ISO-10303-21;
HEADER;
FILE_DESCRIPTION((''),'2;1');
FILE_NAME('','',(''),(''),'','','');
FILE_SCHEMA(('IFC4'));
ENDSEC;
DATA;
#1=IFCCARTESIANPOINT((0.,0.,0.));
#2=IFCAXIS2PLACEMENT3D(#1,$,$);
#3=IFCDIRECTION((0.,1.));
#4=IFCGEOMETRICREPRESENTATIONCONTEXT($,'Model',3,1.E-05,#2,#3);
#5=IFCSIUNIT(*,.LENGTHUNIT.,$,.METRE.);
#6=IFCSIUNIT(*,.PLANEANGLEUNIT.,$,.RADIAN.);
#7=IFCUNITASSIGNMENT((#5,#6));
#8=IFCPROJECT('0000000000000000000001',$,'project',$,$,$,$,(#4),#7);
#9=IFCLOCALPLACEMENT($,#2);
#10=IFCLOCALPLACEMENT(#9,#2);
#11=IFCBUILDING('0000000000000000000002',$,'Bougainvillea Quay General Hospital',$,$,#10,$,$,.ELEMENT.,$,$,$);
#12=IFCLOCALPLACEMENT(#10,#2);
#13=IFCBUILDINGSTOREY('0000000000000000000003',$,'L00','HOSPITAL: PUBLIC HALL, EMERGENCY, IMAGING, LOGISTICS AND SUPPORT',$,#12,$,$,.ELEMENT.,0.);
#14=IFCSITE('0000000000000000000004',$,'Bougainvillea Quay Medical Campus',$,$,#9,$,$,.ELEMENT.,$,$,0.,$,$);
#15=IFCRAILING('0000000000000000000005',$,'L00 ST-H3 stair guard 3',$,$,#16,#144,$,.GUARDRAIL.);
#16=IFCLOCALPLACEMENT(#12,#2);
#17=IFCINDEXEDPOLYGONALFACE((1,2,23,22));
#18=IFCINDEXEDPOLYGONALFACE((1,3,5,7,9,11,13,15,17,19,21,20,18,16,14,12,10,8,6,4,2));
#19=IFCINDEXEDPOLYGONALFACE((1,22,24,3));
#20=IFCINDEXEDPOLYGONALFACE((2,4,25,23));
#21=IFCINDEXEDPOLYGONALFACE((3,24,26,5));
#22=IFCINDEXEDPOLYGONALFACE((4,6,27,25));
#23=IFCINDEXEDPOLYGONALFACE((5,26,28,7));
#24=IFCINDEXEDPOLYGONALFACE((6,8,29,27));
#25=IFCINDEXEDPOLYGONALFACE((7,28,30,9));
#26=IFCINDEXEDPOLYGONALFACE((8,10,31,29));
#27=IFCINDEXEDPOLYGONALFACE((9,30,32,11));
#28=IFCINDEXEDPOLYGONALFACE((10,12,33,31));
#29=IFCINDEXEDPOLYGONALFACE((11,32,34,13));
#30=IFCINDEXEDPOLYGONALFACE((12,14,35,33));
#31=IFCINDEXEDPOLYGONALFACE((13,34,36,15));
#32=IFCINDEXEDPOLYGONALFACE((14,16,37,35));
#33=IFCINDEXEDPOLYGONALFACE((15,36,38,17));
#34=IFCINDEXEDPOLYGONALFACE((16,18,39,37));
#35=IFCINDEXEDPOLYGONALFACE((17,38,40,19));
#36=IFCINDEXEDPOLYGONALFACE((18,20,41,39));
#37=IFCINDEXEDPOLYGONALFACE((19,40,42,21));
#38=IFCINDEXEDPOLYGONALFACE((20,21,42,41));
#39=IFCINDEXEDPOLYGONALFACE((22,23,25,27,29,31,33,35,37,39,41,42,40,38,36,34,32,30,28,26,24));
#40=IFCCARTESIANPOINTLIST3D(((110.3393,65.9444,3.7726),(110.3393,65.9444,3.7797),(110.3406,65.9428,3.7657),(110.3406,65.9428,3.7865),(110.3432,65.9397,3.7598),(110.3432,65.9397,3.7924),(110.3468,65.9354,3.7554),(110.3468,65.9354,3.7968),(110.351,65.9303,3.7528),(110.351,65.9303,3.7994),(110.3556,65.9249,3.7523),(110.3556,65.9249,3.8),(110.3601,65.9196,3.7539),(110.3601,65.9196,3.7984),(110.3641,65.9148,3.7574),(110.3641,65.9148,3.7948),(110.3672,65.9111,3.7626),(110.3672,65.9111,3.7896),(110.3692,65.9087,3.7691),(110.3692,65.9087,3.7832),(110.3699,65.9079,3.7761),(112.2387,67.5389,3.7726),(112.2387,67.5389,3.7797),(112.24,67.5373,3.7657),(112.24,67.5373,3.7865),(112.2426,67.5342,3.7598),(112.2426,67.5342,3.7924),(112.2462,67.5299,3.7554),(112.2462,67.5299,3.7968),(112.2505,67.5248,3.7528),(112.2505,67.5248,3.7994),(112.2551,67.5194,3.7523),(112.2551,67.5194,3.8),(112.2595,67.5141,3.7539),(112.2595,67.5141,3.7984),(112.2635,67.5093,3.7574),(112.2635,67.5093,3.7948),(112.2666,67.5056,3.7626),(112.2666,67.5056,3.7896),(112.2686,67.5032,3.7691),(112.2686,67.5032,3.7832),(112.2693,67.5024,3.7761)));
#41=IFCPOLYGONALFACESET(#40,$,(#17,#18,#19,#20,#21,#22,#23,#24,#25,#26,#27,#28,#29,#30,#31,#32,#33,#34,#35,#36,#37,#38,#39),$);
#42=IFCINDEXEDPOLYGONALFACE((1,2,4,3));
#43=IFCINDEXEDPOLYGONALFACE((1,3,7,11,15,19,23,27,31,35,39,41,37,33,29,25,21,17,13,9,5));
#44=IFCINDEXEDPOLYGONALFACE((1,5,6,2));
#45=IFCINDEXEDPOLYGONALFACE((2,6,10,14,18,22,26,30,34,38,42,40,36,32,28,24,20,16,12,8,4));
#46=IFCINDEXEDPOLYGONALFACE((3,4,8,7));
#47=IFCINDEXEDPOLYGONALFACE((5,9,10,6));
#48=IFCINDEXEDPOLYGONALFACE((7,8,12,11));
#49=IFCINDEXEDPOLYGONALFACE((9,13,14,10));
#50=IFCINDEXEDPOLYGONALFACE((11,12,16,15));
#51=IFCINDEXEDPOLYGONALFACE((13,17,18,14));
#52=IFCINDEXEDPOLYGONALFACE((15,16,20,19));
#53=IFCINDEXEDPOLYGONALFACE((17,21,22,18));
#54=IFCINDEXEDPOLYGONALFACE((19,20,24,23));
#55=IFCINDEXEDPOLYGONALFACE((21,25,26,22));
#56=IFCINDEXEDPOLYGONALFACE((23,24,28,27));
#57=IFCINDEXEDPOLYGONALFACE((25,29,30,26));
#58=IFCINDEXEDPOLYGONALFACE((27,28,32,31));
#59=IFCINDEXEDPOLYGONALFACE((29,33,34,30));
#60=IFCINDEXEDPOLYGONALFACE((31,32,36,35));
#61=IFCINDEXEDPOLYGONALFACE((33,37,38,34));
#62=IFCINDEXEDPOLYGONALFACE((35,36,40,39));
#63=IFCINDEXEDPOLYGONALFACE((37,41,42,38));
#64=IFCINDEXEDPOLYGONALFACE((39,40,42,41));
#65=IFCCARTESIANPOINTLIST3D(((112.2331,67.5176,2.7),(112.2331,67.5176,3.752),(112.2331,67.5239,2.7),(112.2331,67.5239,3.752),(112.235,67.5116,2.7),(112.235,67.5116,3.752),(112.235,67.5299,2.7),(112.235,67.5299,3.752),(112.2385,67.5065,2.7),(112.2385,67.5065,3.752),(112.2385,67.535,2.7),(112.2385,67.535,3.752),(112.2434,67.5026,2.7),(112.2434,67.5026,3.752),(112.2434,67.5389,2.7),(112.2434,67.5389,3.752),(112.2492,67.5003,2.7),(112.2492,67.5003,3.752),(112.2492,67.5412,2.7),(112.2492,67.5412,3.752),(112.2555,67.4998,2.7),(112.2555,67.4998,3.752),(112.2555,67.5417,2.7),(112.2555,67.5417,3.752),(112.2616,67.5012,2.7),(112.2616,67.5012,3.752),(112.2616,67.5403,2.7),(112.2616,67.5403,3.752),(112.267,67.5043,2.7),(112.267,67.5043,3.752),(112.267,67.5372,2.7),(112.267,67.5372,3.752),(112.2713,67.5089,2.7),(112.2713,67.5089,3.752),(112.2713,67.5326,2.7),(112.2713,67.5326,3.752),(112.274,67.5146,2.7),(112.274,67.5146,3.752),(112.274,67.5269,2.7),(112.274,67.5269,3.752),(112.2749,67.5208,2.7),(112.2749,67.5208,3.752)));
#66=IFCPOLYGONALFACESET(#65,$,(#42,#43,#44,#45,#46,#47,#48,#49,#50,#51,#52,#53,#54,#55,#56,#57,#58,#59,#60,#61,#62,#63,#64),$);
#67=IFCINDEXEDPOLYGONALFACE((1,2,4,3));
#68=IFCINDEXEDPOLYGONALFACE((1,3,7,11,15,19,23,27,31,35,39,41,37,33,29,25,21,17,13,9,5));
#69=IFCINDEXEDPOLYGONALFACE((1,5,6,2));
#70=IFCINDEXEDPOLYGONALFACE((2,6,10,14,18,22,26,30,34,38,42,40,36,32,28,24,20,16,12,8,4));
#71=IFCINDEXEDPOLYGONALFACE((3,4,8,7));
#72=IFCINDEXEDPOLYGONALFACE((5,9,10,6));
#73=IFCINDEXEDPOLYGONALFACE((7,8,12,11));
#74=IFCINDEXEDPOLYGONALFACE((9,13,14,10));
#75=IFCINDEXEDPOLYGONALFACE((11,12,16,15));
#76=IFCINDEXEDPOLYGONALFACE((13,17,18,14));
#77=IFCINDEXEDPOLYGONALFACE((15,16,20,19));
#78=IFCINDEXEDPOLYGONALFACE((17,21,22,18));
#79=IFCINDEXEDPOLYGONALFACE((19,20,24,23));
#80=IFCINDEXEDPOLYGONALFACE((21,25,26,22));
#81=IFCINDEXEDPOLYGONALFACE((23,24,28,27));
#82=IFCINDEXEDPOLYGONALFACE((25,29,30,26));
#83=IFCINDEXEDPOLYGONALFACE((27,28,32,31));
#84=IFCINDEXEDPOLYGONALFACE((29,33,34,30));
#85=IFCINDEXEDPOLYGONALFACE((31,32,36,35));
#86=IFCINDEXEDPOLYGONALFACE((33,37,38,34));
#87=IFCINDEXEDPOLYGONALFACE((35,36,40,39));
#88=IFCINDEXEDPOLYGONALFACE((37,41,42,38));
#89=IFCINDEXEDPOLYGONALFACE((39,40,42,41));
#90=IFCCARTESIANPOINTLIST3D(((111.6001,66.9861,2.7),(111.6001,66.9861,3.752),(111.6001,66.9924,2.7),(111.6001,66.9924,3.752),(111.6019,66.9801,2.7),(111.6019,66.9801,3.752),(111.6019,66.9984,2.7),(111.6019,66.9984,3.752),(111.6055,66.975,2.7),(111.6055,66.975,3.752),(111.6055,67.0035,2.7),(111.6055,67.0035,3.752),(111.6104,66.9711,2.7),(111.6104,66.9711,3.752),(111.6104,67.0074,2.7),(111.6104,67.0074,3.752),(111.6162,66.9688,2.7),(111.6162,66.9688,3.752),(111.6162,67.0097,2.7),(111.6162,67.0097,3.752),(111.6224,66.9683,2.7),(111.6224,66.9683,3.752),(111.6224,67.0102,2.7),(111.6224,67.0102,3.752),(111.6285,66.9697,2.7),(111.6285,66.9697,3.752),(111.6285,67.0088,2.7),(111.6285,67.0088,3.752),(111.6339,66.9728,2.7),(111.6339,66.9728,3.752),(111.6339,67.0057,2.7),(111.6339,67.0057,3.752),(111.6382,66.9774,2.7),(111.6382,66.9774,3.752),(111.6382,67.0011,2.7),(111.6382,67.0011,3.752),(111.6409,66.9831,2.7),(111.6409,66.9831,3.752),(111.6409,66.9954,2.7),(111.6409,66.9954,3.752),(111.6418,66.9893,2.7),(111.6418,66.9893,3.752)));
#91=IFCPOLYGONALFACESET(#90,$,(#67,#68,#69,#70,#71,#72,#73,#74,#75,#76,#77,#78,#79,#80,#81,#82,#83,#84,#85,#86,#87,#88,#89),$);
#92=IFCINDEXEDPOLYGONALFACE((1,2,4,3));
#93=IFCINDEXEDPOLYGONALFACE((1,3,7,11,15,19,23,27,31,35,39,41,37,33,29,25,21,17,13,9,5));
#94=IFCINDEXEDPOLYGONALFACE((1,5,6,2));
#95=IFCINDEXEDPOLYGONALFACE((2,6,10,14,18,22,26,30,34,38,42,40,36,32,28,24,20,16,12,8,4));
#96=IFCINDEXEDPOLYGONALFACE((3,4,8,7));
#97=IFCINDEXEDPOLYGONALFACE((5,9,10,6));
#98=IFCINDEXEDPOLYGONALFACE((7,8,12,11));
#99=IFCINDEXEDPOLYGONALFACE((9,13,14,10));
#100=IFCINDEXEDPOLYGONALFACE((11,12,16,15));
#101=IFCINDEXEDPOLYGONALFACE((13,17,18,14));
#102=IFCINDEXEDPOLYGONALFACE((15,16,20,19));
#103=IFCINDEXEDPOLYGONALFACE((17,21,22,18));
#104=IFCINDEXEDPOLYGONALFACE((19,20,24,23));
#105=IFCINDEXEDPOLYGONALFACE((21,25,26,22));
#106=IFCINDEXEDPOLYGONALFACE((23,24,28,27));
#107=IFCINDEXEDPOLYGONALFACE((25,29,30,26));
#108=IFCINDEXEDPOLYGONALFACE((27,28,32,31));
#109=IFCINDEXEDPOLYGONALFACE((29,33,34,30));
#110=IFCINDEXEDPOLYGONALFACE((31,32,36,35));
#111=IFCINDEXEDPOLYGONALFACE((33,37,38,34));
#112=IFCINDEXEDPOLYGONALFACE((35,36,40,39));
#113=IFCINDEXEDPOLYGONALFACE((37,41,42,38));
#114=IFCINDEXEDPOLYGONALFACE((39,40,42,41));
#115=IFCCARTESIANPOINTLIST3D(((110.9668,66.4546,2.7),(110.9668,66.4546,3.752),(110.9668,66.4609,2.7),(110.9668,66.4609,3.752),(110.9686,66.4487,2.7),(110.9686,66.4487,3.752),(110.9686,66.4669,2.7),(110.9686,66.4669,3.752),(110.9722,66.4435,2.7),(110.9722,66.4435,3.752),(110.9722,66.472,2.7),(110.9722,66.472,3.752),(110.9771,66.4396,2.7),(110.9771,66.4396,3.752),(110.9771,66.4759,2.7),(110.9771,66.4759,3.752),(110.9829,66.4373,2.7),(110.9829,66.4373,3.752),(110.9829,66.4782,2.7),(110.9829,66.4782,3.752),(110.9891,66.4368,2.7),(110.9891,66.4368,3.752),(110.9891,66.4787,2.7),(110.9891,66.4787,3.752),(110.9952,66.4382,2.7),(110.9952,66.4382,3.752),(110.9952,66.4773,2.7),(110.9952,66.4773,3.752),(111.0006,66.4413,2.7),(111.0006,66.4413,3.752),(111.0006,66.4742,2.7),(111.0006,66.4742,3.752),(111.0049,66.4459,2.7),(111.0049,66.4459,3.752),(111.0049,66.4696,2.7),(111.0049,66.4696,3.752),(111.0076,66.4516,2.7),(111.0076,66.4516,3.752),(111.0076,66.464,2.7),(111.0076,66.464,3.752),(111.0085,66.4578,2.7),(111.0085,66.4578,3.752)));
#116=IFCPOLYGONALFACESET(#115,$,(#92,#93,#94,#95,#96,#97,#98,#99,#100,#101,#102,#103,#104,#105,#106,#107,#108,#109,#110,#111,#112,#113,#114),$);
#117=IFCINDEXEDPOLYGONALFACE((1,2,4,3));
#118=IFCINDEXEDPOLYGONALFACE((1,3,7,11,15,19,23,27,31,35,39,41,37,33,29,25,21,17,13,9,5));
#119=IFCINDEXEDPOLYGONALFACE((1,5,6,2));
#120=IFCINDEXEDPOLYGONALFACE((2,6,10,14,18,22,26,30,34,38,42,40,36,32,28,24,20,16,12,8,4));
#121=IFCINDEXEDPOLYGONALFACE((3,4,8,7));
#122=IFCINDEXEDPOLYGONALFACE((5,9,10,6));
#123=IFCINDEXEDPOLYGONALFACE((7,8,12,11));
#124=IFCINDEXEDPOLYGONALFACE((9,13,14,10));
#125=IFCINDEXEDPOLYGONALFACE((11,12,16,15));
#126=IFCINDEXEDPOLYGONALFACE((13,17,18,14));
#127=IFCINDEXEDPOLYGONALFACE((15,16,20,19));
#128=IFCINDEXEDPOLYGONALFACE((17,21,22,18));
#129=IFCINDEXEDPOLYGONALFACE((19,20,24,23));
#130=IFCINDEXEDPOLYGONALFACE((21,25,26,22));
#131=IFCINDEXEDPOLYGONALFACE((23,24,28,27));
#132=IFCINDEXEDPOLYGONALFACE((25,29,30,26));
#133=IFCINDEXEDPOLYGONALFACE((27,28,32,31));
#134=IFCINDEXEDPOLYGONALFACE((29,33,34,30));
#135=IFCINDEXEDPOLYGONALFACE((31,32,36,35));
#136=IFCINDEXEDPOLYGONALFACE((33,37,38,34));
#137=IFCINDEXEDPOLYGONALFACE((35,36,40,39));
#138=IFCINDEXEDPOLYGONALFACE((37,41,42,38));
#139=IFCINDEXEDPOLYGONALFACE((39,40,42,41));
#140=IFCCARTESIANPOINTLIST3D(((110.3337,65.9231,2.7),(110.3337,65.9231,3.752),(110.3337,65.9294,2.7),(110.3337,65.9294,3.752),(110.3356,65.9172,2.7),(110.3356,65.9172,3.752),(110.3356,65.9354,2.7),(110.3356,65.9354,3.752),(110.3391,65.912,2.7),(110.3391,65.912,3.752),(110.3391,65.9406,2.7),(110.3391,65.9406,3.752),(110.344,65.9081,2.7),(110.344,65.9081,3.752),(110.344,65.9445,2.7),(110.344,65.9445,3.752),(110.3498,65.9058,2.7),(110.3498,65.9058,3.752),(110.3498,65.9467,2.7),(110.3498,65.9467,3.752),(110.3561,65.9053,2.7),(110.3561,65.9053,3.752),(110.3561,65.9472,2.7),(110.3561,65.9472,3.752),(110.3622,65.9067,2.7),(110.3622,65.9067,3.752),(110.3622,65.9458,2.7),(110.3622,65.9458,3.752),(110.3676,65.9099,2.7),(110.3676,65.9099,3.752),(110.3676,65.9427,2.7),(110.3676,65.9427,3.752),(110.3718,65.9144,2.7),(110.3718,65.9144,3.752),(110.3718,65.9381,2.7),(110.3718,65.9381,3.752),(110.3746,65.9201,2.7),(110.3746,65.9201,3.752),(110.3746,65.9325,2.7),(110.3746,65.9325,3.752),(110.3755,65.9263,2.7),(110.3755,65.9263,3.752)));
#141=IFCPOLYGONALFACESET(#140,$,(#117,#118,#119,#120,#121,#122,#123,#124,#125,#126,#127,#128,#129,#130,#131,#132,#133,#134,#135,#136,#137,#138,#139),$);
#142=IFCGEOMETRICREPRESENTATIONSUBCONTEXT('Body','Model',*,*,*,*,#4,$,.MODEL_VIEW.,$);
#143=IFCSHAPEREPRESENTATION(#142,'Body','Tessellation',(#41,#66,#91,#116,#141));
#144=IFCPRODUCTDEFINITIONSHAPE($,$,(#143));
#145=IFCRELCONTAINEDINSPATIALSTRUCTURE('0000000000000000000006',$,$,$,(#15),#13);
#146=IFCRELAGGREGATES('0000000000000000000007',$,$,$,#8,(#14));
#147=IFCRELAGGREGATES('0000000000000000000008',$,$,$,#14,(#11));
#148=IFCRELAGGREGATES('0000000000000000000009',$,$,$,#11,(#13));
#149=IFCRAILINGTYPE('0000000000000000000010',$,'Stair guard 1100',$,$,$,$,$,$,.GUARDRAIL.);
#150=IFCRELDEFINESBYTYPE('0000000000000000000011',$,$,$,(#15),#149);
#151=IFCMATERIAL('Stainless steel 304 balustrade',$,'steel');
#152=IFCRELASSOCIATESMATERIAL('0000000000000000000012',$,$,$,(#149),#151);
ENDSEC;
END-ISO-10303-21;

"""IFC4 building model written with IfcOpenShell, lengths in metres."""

from ifc_helpers import new_model, si_unit, direction, frame, origin, origin_2d, place, context, subcontext, project, spatial, circle, extrude, material, type_object, element, save


model = new_model("IFC4")

# Units and contexts
model_context = context("Model", 3, precision=1e-05, world=origin(), true_north=direction((0.0, 1.0)))
body_context = subcontext(model_context, "Body", "Model", "MODEL_VIEW")
ifc_project = project(units=[si_unit("LENGTHUNIT", "METRE"), si_unit("PLANEANGLEUNIT", "RADIAN")], contexts=[model_context])

# Site, building, storey
site_placement = place(None, origin())
site = spatial("IfcSite", under=ifc_project, at=site_placement, Name="Bougainvillea Quay Medical Campus", CompositionType="ELEMENT", RefElevation=0.0)
building_placement = place(site_placement, origin())
building = spatial("IfcBuilding", under=site, at=building_placement, Name="Bougainvillea Quay General Hospital", CompositionType="ELEMENT")
storey_placement = place(building_placement, origin())
storey = spatial("IfcBuildingStorey", under=building, at=storey_placement, Name="L00", Description="HOSPITAL: PUBLIC HALL, EMERGENCY, IMAGING, LOGISTICS AND SUPPORT", CompositionType="ELEMENT", Elevation=0.0)

# Railing
ifc_material_1 = material(Name="Stainless steel 304 balustrade", Category="steel")
railing_type = type_object("IfcRailingType", Name="Stair guard 1100", PredefinedType="GUARDRAIL", material=ifc_material_1)
railing_1_placement = place(storey_placement, frame((112.2539, 67.5208, 2.7)))
element("IfcRailing", 1, at=railing_1_placement, inside=storey, type_object=railing_type, Name="L00 ST-H3 stair guard 3", PredefinedType="GUARDRAIL", context=body_context, shape_type="SweptSolid", body=[
    extrude(circle(Radius=0.0239, at=origin_2d()), frame((0.0, 0.0, 1.0762), z_axis=(-0.765908, -0.64295, 0.0), x_axis=(0.64295, -0.765908, 0.0)), (0.0, 0.0, 1.0), 2.48),
    extrude(circle(Radius=0.021, at=origin_2d()), origin(), (0.0, 0.0, 1.0), 1.052),
    extrude(circle(Radius=0.021, at=origin_2d()), frame((-0.6331, -0.5315, 0.0)), (0.0, 0.0, 1.0), 1.052),
    extrude(circle(Radius=0.021, at=origin_2d()), frame((-1.2664, -1.063, 0.0)), (0.0, 0.0, 1.0), 1.052),
    extrude(circle(Radius=0.021, at=origin_2d()), frame((-1.8994, -1.5945, 0.0)), (0.0, 0.0, 1.0), 1.052),
])

save(model, "model.ifc")
